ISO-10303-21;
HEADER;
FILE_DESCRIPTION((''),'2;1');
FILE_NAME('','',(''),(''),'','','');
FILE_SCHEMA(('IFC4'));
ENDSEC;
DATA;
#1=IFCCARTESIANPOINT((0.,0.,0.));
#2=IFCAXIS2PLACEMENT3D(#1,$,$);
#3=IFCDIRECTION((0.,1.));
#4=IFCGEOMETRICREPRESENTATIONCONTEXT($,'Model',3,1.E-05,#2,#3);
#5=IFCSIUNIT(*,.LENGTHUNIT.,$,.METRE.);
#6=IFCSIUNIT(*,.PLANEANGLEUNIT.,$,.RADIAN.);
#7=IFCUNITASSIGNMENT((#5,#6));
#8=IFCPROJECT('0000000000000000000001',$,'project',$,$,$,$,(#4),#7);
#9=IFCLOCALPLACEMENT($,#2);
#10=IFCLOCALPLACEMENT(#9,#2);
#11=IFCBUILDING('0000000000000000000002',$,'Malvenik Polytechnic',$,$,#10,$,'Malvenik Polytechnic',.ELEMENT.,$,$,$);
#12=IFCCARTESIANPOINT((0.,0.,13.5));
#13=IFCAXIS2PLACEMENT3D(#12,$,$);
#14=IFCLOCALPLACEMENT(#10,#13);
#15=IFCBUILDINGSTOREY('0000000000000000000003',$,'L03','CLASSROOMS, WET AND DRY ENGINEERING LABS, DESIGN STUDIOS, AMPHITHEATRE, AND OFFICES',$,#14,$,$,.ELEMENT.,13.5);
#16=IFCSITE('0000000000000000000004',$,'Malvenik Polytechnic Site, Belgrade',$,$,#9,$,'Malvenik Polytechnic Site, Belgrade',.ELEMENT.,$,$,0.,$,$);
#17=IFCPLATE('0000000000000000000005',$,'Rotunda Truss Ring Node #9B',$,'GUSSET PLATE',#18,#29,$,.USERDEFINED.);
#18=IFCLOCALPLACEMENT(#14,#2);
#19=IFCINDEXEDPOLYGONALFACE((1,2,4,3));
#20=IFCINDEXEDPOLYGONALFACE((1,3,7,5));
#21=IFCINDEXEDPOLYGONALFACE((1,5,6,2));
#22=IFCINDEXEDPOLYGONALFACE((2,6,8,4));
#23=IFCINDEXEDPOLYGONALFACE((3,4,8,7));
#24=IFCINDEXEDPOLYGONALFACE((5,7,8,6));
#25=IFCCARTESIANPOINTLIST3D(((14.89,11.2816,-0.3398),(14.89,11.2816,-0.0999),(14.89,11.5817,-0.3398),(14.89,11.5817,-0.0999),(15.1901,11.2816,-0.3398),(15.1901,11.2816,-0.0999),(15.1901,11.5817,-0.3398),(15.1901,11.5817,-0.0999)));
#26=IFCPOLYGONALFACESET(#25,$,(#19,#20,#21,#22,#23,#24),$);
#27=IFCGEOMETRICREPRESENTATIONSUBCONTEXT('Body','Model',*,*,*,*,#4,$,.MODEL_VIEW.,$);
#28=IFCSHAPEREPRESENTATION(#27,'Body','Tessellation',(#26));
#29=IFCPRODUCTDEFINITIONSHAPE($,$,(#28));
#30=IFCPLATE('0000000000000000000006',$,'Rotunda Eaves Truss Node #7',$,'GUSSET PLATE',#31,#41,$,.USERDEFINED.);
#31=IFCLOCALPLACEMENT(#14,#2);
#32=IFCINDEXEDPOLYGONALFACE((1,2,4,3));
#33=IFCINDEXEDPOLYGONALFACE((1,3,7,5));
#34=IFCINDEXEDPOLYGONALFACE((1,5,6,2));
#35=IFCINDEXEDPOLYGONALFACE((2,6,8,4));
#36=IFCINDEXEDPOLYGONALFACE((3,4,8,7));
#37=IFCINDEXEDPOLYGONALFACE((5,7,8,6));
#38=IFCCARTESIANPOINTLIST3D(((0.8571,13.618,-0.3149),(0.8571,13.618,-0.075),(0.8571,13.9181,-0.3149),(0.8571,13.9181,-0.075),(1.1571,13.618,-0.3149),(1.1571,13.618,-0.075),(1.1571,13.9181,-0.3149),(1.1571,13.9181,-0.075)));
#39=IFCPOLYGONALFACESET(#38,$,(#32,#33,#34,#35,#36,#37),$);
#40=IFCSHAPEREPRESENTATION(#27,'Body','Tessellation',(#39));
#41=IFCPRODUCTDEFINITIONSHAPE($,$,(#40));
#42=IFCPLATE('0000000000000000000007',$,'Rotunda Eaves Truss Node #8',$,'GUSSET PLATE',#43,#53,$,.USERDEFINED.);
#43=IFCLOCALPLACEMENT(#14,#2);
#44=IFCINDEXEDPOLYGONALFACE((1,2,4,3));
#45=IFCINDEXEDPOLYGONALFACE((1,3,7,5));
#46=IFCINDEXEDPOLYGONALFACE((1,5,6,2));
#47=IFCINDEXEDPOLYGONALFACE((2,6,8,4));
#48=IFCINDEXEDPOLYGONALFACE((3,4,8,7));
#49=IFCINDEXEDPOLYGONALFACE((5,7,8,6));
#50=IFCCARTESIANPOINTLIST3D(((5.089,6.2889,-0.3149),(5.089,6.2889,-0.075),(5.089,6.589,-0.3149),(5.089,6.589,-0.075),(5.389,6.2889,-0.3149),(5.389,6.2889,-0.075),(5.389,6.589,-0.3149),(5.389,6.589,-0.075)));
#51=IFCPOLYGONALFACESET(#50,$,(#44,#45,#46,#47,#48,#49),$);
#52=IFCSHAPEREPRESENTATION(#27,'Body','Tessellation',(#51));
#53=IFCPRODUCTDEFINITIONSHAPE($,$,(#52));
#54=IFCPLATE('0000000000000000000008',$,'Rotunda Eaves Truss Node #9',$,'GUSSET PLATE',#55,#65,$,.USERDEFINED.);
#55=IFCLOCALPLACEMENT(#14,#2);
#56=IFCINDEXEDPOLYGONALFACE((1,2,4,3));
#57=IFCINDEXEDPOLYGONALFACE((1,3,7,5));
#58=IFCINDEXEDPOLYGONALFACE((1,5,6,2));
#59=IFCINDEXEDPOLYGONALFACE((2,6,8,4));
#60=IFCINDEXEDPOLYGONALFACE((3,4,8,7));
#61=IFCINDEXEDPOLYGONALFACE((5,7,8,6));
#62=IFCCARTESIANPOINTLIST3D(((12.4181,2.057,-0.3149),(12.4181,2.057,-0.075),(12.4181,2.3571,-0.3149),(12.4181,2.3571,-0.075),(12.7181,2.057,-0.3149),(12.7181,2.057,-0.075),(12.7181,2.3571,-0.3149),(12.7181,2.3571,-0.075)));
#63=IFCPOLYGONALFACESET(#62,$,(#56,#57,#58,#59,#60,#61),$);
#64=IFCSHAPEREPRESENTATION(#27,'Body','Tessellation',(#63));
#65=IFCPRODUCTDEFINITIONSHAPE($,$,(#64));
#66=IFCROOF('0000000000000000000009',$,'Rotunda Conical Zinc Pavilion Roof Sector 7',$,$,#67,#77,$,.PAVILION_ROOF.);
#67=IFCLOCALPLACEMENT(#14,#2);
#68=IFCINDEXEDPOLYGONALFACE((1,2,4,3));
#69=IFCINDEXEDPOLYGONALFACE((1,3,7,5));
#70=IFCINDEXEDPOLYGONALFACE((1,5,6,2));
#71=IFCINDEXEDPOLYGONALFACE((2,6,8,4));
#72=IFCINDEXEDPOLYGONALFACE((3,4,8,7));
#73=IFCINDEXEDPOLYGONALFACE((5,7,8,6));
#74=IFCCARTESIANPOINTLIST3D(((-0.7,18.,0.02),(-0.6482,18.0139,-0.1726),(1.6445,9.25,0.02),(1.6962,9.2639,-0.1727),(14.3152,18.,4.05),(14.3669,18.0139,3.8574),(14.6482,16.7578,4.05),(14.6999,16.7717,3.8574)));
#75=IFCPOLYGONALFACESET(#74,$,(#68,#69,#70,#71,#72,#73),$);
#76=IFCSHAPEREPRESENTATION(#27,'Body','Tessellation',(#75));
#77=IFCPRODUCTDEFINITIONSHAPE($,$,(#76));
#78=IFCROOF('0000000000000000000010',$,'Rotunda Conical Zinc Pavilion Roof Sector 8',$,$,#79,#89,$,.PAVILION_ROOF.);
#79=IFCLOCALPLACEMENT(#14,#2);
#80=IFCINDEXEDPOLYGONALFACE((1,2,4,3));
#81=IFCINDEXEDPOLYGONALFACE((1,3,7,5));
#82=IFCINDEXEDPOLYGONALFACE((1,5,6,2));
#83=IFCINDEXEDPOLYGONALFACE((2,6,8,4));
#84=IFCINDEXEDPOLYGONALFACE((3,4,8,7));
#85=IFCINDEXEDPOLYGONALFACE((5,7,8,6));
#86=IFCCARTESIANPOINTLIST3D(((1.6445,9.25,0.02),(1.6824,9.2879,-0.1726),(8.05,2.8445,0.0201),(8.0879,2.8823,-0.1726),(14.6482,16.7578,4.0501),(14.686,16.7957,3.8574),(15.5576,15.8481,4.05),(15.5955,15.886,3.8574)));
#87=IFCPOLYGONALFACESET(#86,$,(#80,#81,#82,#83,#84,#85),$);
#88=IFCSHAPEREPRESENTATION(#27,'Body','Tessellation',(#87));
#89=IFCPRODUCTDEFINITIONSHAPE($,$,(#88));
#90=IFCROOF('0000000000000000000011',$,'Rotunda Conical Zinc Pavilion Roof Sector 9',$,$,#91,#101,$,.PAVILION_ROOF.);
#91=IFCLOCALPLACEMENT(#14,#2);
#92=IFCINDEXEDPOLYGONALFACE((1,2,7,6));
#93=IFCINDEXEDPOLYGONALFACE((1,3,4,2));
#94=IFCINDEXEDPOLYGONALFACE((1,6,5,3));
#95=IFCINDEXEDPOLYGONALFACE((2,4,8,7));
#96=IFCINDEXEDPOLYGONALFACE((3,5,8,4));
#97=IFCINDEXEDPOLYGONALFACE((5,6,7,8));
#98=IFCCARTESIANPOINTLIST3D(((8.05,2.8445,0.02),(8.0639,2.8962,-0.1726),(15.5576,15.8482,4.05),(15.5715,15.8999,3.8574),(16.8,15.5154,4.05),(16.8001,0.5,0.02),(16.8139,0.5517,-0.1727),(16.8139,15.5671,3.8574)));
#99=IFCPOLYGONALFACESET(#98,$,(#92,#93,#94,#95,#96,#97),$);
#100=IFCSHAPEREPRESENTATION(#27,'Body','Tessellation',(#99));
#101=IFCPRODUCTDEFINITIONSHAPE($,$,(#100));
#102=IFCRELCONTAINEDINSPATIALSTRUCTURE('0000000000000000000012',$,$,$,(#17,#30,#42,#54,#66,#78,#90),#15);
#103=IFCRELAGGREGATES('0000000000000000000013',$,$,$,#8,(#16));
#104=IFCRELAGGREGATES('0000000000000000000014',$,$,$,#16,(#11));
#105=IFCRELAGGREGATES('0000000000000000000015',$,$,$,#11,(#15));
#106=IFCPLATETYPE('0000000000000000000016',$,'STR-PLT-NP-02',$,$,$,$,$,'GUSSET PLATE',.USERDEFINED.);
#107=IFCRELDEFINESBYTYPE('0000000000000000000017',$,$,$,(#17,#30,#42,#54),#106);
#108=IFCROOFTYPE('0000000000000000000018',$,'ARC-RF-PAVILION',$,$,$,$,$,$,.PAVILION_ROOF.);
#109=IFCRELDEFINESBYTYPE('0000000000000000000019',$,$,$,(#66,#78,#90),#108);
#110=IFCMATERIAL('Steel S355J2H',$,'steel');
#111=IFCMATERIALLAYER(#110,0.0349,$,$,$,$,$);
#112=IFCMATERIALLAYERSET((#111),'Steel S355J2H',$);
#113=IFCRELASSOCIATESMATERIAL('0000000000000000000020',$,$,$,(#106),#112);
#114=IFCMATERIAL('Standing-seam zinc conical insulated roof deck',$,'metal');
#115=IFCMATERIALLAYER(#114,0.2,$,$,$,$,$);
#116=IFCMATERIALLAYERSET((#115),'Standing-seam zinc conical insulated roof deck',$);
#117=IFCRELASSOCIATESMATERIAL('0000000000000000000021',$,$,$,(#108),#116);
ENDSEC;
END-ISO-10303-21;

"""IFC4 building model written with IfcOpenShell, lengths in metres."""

from ifc_helpers import new_model, si_unit, direction, frame, origin, origin_2d, place, context, subcontext, project, spatial, polyline, rectangle, outline, extrude, material, layer, layer_set, type_object, element, save


model = new_model("IFC4")

# Units and contexts
model_context = context("Model", 3, precision=1e-05, world=origin(), true_north=direction((0.0, 1.0)))
body_context = subcontext(model_context, "Body", "Model", "MODEL_VIEW")
ifc_project = project(units=[si_unit("LENGTHUNIT", "METRE"), si_unit("PLANEANGLEUNIT", "RADIAN")], contexts=[model_context])

# Site, building, storey
site_placement = place(None, origin())
site = spatial("IfcSite", under=ifc_project, at=site_placement, Name="Malvenik Polytechnic Site, Belgrade", LongName="Malvenik Polytechnic Site, Belgrade", CompositionType="ELEMENT", RefElevation=0.0)
building_placement = place(site_placement, origin())
building = spatial("IfcBuilding", under=site, at=building_placement, Name="Malvenik Polytechnic", LongName="Malvenik Polytechnic", CompositionType="ELEMENT")
storey_placement = place(building_placement, frame((0.0, 0.0, 13.5)))
storey = spatial("IfcBuildingStorey", under=building, at=storey_placement, Name="L03", Description="CLASSROOMS, WET AND DRY ENGINEERING LABS, DESIGN STUDIOS, AMPHITHEATRE, AND OFFICES", CompositionType="ELEMENT", Elevation=13.5)

# Shared definitions
ifc_material_1 = material(Name="Steel S355J2H", Category="steel")

# Plates
ifc_layer_1 = layer(ifc_material_1, 0.0349)
ifc_layer_set_1 = layer_set([ifc_layer_1], Name="Steel S355J2H")
plate_type = type_object("IfcPlateType", Name="STR-PLT-NP-02", ElementType="GUSSET PLATE", PredefinedType="USERDEFINED", material=ifc_layer_set_1)
for number, where, z_axis, x_axis, name in (
    (1, (15.04, 11.4316, -0.3398), (0.0, 0.0, 1.0), (1.0, 0.0, 0.0), "Rotunda Truss Ring Node #9B"),
    (2, (1.0071, 13.7681, -0.3149), (0.0, 0.0, 1.0), (1.0, 0.0, 0.0), "Rotunda Eaves Truss Node #7"),
    (3, (5.239, 6.439, -0.3149), (0.0, 0.0, 1.0), (1.0, 0.0, 0.0), "Rotunda Eaves Truss Node #8"),
    (4, (12.5681, 2.207, -0.3149), (0.0, 0.0, 1.0), (1.0, 0.0, 0.0), "Rotunda Eaves Truss Node #9"),
):
    element("IfcPlate", number, at=place(storey_placement, frame(where, z_axis=z_axis, x_axis=x_axis)), inside=storey, type_object=plate_type, Name=name, ObjectType="GUSSET PLATE", PredefinedType="USERDEFINED", context=body_context, shape_type="SweptSolid", body=[
        extrude(rectangle(XDim=0.3, YDim=0.3, at=origin_2d()), origin(), (0.0, 0.0, 1.0), 0.24),
    ])

# Roofs
ifc_material_2 = material(Name="Standing-seam zinc conical insulated roof deck", Category="metal")
ifc_layer_2 = layer(ifc_material_2, 0.2)
ifc_layer_set_2 = layer_set([ifc_layer_2], Name="Standing-seam zinc conical insulated roof deck")
roof_type = type_object("IfcRoofType", Name="ARC-RF-PAVILION", PredefinedType="PAVILION_ROOF", material=ifc_layer_set_2)
roof_1_placement = place(storey_placement, frame((-0.7, 18.0, 0.02), z_axis=(-0.258598, -0.069293, 0.963497), x_axis=(0.258813, -0.965928, -0.000004)))
element("IfcRoof", 5, at=roof_1_placement, inside=storey, type_object=roof_type, Name="Rotunda Conical Zinc Pavilion Roof Sector 7", PredefinedType="PAVILION_ROOF", context=body_context, shape_type="SweptSolid", body=[
    extrude(outline(polyline([(0.0, 0.0), (9.0586, 0.0), (5.1721, 15.0532), (3.8861, 15.053), (0.0, 0.0)])), origin(), (0.0, 0.0, -1.0), 0.2),
])
roof_2_placement = place(storey_placement, frame((1.6445, 9.25, 0.02), z_axis=(-0.189309, -0.189303, 0.963497), x_axis=(0.707106, -0.707108, 0.000004)))
element("IfcRoof", 6, at=roof_2_placement, inside=storey, type_object=roof_type, Name="Rotunda Conical Zinc Pavilion Roof Sector 8", PredefinedType="PAVILION_ROOF", context=body_context, shape_type="SweptSolid", body=[
    extrude(outline(polyline([(0.0, 0.0), (9.0588, 0.0), (5.1724, 15.0531), (3.8862, 15.0533), (0.0, 0.0)])), origin(), (0.0, 0.0, -1.0), 0.2),
])
roof_3_placement = place(storey_placement, frame((8.05, 2.8445, 0.02), z_axis=(-0.069286, -0.258598, 0.963497), x_axis=(0.965928, -0.258811, -0.000003)))
element("IfcRoof", 7, at=roof_3_placement, inside=storey, type_object=roof_type, Name="Rotunda Conical Zinc Pavilion Roof Sector 9", PredefinedType="PAVILION_ROOF", context=body_context, shape_type="SweptSolid", body=[
    extrude(outline(polyline([(0.0, 0.0), (9.0586, 0.0), (5.1725, 15.0533), (3.8863, 15.0531), (0.0, 0.0)])), origin(), (0.0, 0.0, -1.0), 0.2),
])

save(model, "model.ifc")
